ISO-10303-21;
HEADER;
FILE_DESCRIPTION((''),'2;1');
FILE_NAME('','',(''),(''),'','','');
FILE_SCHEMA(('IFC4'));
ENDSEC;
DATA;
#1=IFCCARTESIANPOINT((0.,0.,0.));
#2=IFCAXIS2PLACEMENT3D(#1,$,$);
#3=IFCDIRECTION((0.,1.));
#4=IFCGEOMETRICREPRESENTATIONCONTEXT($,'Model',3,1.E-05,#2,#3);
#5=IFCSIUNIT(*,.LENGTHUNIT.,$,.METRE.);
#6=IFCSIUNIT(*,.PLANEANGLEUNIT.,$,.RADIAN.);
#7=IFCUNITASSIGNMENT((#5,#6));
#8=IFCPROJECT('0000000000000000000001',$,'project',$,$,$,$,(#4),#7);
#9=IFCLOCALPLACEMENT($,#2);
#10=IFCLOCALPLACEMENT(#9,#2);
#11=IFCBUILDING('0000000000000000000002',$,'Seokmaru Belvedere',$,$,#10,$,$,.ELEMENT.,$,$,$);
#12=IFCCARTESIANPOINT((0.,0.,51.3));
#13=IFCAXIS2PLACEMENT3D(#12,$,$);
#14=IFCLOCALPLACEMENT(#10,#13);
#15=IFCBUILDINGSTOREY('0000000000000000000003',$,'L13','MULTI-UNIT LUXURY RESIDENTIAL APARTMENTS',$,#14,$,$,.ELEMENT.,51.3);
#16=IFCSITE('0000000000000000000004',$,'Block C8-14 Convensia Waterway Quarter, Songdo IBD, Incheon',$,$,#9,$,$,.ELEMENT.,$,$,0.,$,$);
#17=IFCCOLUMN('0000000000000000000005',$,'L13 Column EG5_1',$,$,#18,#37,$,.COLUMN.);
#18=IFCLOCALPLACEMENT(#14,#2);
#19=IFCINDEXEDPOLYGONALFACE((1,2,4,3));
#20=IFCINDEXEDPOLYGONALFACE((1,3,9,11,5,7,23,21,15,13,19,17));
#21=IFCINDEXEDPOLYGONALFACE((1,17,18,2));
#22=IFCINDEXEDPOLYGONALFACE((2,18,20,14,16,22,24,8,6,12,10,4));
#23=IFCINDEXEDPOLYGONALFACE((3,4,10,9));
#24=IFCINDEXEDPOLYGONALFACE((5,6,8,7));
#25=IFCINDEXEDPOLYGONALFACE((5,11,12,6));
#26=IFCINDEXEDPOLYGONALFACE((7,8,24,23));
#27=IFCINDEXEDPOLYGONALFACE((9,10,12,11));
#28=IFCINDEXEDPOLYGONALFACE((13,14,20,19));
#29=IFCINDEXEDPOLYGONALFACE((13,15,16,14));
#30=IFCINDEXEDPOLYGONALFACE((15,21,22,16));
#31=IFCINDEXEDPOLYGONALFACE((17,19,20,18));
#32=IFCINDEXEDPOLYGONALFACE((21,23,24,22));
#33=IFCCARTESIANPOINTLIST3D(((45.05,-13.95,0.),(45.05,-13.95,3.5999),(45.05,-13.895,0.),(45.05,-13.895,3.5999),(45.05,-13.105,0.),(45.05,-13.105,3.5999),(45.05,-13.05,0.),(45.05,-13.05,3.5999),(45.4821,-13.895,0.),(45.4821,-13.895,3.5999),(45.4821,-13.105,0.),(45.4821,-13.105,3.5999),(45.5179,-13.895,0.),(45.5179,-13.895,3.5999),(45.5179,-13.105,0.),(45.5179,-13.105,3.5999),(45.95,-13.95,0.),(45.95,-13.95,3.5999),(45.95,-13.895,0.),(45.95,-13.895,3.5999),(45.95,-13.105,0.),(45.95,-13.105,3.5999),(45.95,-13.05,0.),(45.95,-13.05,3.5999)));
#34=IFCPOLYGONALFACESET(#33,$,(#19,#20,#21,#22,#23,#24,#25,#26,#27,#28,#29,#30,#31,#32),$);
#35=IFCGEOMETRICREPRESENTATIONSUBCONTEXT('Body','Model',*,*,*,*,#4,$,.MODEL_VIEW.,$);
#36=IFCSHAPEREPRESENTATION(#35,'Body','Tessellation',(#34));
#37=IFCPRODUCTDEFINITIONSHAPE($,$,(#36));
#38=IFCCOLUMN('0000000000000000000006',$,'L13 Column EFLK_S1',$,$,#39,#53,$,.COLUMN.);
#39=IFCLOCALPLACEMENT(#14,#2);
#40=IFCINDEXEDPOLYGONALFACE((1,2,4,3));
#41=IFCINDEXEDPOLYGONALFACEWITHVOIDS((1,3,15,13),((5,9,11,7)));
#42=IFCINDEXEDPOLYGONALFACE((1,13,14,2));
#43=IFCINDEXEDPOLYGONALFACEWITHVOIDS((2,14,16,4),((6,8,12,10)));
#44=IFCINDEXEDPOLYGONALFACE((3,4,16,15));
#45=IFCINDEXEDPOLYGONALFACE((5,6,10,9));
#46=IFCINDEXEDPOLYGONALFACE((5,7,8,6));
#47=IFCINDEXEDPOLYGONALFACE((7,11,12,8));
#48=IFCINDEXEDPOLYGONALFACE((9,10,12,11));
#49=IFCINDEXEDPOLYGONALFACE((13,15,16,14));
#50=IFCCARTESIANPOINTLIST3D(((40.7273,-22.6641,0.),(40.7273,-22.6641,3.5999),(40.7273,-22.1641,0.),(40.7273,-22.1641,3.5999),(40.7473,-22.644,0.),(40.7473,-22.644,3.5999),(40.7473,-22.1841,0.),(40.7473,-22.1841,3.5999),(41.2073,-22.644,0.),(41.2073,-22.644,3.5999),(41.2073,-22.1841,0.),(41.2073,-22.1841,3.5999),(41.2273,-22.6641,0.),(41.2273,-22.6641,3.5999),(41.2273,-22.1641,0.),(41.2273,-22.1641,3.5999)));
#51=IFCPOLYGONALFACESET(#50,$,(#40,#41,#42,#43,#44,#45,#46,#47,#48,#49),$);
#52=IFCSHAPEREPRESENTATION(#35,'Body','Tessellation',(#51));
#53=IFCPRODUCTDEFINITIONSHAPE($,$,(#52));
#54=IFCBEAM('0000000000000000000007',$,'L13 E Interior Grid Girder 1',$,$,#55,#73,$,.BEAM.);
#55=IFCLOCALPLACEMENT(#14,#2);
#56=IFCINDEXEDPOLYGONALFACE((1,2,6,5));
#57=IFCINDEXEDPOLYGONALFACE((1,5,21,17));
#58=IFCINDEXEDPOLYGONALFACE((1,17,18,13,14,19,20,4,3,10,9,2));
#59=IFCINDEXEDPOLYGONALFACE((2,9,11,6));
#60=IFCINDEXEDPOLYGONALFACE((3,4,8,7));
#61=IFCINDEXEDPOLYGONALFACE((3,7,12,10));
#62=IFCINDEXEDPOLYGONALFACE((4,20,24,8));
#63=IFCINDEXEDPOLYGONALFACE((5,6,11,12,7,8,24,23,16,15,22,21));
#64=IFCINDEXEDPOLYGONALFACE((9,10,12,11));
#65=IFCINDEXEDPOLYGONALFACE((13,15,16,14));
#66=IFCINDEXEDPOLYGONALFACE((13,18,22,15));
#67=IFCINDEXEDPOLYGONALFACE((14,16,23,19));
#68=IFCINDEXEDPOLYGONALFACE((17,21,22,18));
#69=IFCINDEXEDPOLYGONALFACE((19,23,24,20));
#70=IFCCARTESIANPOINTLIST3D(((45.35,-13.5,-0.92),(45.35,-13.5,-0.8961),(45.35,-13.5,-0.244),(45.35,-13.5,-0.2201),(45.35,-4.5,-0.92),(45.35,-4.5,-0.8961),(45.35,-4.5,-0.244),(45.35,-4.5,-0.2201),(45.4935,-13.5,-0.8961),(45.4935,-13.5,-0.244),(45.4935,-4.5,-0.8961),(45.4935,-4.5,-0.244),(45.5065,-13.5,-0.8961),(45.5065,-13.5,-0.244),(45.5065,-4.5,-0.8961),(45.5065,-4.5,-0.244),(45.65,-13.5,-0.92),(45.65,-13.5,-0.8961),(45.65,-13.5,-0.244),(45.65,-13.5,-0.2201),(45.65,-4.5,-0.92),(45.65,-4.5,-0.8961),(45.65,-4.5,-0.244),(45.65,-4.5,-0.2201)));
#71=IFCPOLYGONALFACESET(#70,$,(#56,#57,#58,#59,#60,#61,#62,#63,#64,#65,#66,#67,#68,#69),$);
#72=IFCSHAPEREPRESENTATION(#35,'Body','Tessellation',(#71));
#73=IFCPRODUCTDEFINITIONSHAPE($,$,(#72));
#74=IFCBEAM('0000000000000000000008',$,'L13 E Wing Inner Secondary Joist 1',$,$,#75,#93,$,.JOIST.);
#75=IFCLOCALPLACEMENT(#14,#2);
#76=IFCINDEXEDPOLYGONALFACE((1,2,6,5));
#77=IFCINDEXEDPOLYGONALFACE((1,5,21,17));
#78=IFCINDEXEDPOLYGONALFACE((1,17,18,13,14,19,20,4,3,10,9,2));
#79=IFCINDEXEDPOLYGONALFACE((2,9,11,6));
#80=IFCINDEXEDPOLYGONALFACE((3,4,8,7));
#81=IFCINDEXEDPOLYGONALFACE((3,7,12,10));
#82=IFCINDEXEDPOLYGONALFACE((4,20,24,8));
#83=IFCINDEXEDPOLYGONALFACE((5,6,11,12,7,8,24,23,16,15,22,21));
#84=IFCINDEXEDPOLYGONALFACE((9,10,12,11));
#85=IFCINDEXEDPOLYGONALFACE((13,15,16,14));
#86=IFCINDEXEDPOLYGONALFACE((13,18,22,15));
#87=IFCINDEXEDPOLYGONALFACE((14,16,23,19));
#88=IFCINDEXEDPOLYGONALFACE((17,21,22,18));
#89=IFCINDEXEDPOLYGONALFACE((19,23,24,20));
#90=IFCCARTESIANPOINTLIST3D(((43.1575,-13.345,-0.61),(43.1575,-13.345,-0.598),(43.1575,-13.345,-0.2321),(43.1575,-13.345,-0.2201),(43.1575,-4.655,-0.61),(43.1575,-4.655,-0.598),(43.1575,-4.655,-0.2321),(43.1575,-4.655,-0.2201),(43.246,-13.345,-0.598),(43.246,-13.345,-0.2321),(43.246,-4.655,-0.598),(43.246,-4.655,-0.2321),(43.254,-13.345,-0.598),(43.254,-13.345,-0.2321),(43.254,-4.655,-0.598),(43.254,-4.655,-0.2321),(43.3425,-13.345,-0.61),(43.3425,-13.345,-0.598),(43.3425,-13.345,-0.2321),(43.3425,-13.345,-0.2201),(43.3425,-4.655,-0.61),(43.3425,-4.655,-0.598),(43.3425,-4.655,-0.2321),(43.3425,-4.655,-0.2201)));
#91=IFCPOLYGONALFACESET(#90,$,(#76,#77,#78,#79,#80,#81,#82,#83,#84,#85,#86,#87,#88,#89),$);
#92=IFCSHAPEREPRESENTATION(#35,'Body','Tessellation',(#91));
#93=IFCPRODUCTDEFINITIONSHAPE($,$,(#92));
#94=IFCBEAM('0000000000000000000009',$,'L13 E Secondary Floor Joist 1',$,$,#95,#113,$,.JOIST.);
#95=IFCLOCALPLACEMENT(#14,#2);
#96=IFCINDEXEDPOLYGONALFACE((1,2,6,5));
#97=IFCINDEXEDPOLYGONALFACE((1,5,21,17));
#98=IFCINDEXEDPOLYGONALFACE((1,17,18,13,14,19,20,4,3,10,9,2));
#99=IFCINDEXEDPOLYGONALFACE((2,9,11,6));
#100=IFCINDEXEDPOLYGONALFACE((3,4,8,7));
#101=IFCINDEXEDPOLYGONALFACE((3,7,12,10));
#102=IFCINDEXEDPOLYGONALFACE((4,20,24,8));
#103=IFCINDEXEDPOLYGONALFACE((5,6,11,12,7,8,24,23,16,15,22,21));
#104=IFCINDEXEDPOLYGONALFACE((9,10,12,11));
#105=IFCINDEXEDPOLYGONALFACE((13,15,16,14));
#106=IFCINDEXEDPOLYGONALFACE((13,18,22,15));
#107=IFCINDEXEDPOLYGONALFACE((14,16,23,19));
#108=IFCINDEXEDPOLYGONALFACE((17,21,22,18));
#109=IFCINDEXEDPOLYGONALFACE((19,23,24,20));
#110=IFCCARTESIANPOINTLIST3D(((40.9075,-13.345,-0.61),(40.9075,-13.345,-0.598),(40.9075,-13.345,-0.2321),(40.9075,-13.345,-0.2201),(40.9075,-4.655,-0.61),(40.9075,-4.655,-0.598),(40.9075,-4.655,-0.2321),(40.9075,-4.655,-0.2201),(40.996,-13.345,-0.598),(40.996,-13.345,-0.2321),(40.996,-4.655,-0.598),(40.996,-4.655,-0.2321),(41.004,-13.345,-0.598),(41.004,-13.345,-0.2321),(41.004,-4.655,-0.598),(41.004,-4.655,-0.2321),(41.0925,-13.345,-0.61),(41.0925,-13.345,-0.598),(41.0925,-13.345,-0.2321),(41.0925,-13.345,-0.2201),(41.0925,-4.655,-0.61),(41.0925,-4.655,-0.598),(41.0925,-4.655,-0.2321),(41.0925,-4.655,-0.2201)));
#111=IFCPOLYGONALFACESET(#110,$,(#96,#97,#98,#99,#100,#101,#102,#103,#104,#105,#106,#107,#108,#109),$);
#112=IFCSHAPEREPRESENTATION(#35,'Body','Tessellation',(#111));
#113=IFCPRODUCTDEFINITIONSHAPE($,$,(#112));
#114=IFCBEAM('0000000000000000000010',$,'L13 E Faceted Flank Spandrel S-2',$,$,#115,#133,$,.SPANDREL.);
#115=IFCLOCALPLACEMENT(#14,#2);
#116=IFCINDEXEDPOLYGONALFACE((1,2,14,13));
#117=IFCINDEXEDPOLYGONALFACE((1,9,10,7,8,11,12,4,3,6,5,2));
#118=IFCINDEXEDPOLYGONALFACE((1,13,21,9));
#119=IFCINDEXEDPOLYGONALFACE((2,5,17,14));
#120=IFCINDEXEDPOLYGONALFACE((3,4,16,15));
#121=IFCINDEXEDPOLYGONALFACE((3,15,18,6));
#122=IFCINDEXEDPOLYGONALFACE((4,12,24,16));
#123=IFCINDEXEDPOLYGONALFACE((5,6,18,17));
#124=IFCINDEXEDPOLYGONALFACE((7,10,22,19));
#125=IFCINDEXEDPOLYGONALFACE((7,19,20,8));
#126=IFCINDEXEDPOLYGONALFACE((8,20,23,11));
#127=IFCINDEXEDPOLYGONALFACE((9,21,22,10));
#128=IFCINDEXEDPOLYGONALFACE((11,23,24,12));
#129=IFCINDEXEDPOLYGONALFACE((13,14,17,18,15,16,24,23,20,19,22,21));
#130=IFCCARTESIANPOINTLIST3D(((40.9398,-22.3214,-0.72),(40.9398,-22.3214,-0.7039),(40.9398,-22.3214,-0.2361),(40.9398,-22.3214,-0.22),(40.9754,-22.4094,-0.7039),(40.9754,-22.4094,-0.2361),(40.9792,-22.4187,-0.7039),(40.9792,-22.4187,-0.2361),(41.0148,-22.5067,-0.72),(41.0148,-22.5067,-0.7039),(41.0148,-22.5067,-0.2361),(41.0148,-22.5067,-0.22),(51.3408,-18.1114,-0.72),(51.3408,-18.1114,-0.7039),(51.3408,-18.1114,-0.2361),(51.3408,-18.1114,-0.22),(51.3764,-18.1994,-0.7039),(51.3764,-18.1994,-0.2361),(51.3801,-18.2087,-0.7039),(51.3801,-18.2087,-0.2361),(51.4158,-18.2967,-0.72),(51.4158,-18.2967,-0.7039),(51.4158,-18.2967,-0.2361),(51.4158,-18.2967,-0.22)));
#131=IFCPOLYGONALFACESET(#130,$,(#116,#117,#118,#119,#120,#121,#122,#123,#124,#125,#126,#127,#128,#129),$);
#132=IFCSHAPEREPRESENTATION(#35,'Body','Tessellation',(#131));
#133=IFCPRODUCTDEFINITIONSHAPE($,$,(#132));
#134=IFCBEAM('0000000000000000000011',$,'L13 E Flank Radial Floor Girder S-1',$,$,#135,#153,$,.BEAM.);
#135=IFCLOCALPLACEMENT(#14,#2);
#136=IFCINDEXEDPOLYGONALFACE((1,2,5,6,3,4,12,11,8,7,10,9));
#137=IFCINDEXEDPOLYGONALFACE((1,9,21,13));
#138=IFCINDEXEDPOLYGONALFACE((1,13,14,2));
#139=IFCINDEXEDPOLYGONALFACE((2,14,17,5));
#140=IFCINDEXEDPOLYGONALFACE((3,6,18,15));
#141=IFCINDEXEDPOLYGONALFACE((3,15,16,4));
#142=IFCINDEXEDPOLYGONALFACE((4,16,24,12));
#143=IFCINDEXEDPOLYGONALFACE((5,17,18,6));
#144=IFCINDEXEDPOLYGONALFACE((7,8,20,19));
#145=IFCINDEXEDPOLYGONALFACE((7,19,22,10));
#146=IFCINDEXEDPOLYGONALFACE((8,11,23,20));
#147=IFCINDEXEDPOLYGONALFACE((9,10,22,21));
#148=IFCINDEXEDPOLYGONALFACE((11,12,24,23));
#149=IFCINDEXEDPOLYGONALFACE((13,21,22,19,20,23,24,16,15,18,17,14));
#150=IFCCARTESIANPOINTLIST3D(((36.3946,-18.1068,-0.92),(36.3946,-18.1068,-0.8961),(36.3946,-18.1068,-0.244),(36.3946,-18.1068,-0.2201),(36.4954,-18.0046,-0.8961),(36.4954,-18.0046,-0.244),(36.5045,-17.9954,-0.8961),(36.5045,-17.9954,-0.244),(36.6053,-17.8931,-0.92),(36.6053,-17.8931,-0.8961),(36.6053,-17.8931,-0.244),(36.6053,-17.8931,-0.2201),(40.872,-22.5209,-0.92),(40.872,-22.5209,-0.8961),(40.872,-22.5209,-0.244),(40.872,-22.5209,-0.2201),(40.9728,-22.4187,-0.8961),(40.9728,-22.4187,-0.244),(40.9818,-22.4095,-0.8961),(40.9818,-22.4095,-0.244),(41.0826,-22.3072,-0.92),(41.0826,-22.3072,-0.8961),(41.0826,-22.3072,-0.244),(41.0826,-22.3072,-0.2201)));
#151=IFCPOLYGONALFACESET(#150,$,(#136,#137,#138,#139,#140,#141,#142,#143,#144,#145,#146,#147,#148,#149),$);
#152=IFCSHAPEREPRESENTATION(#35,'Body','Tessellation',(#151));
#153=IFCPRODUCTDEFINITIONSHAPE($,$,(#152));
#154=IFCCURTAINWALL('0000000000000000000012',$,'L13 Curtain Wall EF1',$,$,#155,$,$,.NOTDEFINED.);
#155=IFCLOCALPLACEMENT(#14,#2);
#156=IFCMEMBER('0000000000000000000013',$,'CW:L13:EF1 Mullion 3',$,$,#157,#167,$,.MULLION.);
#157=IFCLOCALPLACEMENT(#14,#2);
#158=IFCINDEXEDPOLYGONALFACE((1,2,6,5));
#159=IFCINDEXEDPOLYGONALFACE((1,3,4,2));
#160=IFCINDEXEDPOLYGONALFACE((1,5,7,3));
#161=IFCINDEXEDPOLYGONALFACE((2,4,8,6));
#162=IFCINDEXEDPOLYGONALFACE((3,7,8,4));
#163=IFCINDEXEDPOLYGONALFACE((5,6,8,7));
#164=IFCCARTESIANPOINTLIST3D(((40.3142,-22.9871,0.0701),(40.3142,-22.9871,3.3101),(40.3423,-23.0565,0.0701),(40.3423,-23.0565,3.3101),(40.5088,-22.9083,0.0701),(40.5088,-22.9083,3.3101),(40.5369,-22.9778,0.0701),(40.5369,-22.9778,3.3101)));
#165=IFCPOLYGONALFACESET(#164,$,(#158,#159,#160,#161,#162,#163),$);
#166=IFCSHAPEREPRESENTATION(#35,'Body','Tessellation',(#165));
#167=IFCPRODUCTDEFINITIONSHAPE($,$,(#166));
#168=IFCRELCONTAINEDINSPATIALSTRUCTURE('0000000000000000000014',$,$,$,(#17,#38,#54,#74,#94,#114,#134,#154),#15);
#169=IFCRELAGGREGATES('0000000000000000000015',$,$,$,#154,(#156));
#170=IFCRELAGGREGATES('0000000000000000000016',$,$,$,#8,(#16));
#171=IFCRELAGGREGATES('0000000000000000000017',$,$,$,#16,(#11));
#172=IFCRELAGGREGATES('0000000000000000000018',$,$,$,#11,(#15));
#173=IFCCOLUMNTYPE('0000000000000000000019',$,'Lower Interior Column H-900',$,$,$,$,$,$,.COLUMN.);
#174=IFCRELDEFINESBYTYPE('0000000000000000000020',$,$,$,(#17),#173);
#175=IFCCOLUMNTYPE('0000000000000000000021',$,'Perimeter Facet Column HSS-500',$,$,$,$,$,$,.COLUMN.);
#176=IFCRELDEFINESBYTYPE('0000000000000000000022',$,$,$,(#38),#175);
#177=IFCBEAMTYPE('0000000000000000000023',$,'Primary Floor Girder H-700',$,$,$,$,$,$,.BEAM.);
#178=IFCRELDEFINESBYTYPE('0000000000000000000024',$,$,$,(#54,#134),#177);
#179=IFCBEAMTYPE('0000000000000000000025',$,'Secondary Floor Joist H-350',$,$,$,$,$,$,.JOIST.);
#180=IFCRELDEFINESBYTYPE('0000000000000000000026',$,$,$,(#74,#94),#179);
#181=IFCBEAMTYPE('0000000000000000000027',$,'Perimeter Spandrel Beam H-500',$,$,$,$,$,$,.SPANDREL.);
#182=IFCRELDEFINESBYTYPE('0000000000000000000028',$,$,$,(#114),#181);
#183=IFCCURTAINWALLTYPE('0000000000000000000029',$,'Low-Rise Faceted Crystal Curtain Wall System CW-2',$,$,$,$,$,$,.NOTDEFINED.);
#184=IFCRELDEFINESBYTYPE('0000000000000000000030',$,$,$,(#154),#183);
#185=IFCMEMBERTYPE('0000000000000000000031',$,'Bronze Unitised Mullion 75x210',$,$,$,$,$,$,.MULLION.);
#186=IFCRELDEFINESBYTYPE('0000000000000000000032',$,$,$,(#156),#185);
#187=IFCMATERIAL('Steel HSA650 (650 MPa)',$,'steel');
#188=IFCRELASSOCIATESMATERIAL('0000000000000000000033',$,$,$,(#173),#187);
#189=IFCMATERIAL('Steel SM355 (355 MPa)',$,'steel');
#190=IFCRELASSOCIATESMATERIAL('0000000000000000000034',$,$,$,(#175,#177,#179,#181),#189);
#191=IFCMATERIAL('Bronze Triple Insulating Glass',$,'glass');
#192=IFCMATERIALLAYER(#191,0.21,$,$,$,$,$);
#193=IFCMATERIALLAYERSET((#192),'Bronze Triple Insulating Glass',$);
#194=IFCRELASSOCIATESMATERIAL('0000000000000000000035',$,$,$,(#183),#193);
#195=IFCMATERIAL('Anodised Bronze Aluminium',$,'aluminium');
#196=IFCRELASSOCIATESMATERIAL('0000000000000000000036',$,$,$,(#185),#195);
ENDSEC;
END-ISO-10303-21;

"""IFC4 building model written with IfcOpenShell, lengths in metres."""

from ifc_helpers import new_model, si_unit, direction, frame, origin, origin_2d, place, context, subcontext, project, spatial, rectangle, hollow_rectangle, i_section, extrude, source, transform, mapped, material, layer, layer_set, material_profile, profile_set, type_object, type_shapes, element, aggregate, save


model = new_model("IFC4")

# Units and contexts
model_context = context("Model", 3, precision=1e-05, world=origin(), true_north=direction((0.0, 1.0)))
body_context = subcontext(model_context, "Body", "Model", "MODEL_VIEW")
ifc_project = project(units=[si_unit("LENGTHUNIT", "METRE"), si_unit("PLANEANGLEUNIT", "RADIAN")], contexts=[model_context])

# Site, building, storey
site_placement = place(None, origin())
site = spatial("IfcSite", under=ifc_project, at=site_placement, Name="Block C8-14 Convensia Waterway Quarter, Songdo IBD, Incheon", CompositionType="ELEMENT", RefElevation=0.0)
building_placement = place(site_placement, origin())
building = spatial("IfcBuilding", under=site, at=building_placement, Name="Seokmaru Belvedere", CompositionType="ELEMENT")
storey_placement = place(building_placement, frame((0.0, 0.0, 51.3)))
storey = spatial("IfcBuildingStorey", under=building, at=storey_placement, Name="L13", Description="MULTI-UNIT LUXURY RESIDENTIAL APARTMENTS", CompositionType="ELEMENT", Elevation=51.3)

# Columns
ifc_material_1 = material(Name="Steel HSA650 (650 MPa)", Category="steel")
ifc_material_profile_1 = material_profile(ifc_material_1, i_section(OverallWidth=0.8999, OverallDepth=0.8999, WebThickness=0.0359, FlangeThickness=0.0549, at=origin_2d()), Name="H-900x900x36x55")
ifc_profile_set_1 = profile_set([ifc_material_profile_1], Name="Steel HSA650 (650 MPa)")
column_type_1 = type_object("IfcColumnType", Name="Lower Interior Column H-900", PredefinedType="COLUMN", material=ifc_profile_set_1)
shared_shape_1 = source(origin(), body_context, "Body", "SweptSolid", [
    extrude(i_section(OverallWidth=0.8999, OverallDepth=0.8999, WebThickness=0.0359, FlangeThickness=0.0549, at=origin_2d()), origin(), (0.0, 0.0, 1.0), 3.5999),
])
type_shapes(column_type_1, [shared_shape_1])
column_1_placement = place(storey_placement, frame((45.5, -13.5, 0.0), z_axis=(0.0, 0.0, 1.0), x_axis=(1.0, 0.0, 0.0)))
element("IfcColumn", 1, at=column_1_placement, inside=storey, type_object=column_type_1, Name="L13 Column EG5_1", PredefinedType="COLUMN", context=body_context, shape_type="MappedRepresentation", body=[
    mapped(shared_shape_1, transform((0.0, 0.0, 0.0), scale=1.0)),
])
ifc_material_2 = material(Name="Steel SM355 (355 MPa)", Category="steel")
ifc_material_profile_2 = material_profile(ifc_material_2, hollow_rectangle(XDim=0.5, YDim=0.5, WallThickness=0.02, at=origin_2d()), Name="HSS-500x500x20")
ifc_profile_set_2 = profile_set([ifc_material_profile_2], Name="Steel SM355 (355 MPa)")
column_type_2 = type_object("IfcColumnType", Name="Perimeter Facet Column HSS-500", PredefinedType="COLUMN", material=ifc_profile_set_2)
shared_shape_2 = source(origin(), body_context, "Body", "SweptSolid", [
    extrude(hollow_rectangle(XDim=0.5, YDim=0.5, WallThickness=0.02, at=origin_2d()), origin(), (0.0, 0.0, 1.0), 3.5999),
])
type_shapes(column_type_2, [shared_shape_2])
column_2_placement = place(storey_placement, frame((40.9773, -22.4141, 0.0), z_axis=(0.0, 0.0, 1.0), x_axis=(1.0, 0.0, 0.0)))
element("IfcColumn", 2, at=column_2_placement, inside=storey, type_object=column_type_2, Name="L13 Column EFLK_S1", PredefinedType="COLUMN", context=body_context, shape_type="MappedRepresentation", body=[
    mapped(shared_shape_2, transform((0.0, 0.0, 0.0), scale=1.0)),
])

# Beams
ifc_material_profile_3 = material_profile(ifc_material_2, i_section(OverallWidth=0.3, OverallDepth=0.7, WebThickness=0.0129, FlangeThickness=0.0239, at=origin_2d()), Name="H-700x300x13x24")
ifc_profile_set_3 = profile_set([ifc_material_profile_3], Name="Steel SM355 (355 MPa)")
beam_type_1 = type_object("IfcBeamType", Name="Primary Floor Girder H-700", PredefinedType="BEAM", material=ifc_profile_set_3)
shared_shape_3 = source(origin(), body_context, "Body", "SweptSolid", [
    extrude(i_section(OverallWidth=0.3, OverallDepth=0.7, WebThickness=0.0129, FlangeThickness=0.0239, at=origin_2d()), origin(), (0.0, 0.0, 1.0), 9.0),
])
beam_1_placement = place(storey_placement, frame((45.5, -13.5, -0.5701), z_axis=(0.0, 1.0, 0.0), x_axis=(-1.0, 0.0, 0.0)))
element("IfcBeam", 3, at=beam_1_placement, inside=storey, type_object=beam_type_1, Name="L13 E Interior Grid Girder 1", PredefinedType="BEAM", context=body_context, shape_type="MappedRepresentation", body=[
    mapped(shared_shape_3, transform((0.0, 0.0, 0.0), scale=1.0)),
])
ifc_material_profile_4 = material_profile(ifc_material_2, i_section(OverallWidth=0.1851, OverallDepth=0.3899, WebThickness=0.0081, FlangeThickness=0.012, at=origin_2d()), Name="H-390x185x8x12")
ifc_profile_set_4 = profile_set([ifc_material_profile_4], Name="Steel SM355 (355 MPa)")
beam_type_2 = type_object("IfcBeamType", Name="Secondary Floor Joist H-350", PredefinedType="JOIST", material=ifc_profile_set_4)
shared_shape_4 = source(origin(), body_context, "Body", "SweptSolid", [
    extrude(i_section(OverallWidth=0.1851, OverallDepth=0.3899, WebThickness=0.0081, FlangeThickness=0.012, at=origin_2d()), origin(), (0.0, 0.0, 1.0), 8.6899),
])
type_shapes(beam_type_2, [shared_shape_4])
for number, where, z_axis, x_axis, name in (
    (4, (43.25, -13.345, -0.415), (0.0, 1.0, 0.0), (-1.0, 0.0, 0.0), "L13 E Wing Inner Secondary Joist 1"),
    (5, (41.0, -13.345, -0.415), (0.0, 1.0, 0.0), (-1.0, 0.0, 0.0), "L13 E Secondary Floor Joist 1"),
):
    element("IfcBeam", number, at=place(storey_placement, frame(where, z_axis=z_axis, x_axis=x_axis)), inside=storey, type_object=beam_type_2, Name=name, PredefinedType="JOIST", context=body_context, shape_type="MappedRepresentation", body=[
        mapped(shared_shape_4, transform((0.0, 0.0, 0.0), scale=1.0)),
    ])
ifc_material_profile_5 = material_profile(ifc_material_2, i_section(OverallWidth=0.2, OverallDepth=0.5, WebThickness=0.01, FlangeThickness=0.0161, at=origin_2d()), Name="H-500x200x10x16")
ifc_profile_set_5 = profile_set([ifc_material_profile_5], Name="Steel SM355 (355 MPa)")
beam_type_3 = type_object("IfcBeamType", Name="Perimeter Spandrel Beam H-500", PredefinedType="SPANDREL", material=ifc_profile_set_5)
shared_shape_5 = source(origin(), body_context, "Body", "SweptSolid", [
    extrude(i_section(OverallWidth=0.2, OverallDepth=0.5, WebThickness=0.01, FlangeThickness=0.0161, at=origin_2d()), origin(), (0.0, 0.0, 1.0), 11.2207),
])
type_shapes(beam_type_3, [shared_shape_5])
beam_2_placement = place(storey_placement, frame((40.9773, -22.4141, -0.47), z_axis=(0.926944, 0.375199, 0.0), x_axis=(-0.375199, 0.926944, 0.0)))
element("IfcBeam", 6, at=beam_2_placement, inside=storey, type_object=beam_type_3, Name="L13 E Faceted Flank Spandrel S-2", PredefinedType="SPANDREL", context=body_context, shape_type="MappedRepresentation", body=[
    mapped(shared_shape_5, transform((0.0, 0.0, 0.0), scale=1.0)),
])
shared_shape_6 = source(origin(), body_context, "Body", "SweptSolid", [
    extrude(i_section(OverallWidth=0.3, OverallDepth=0.7, WebThickness=0.0129, FlangeThickness=0.0239, at=origin_2d()), origin(), (0.0, 0.0, 1.0), 6.2874),
])
type_shapes(beam_type_1, [shared_shape_3, shared_shape_6])
beam_3_placement = place(storey_placement, frame((40.9773, -22.4141, -0.5701), z_axis=(-0.712117, 0.70206, 0.0), x_axis=(-0.70206, -0.712117, 0.0)))
element("IfcBeam", 7, at=beam_3_placement, inside=storey, type_object=beam_type_1, Name="L13 E Flank Radial Floor Girder S-1", PredefinedType="BEAM", context=body_context, shape_type="MappedRepresentation", body=[
    mapped(shared_shape_6, transform((0.0, 0.0, 0.0), scale=1.0)),
])

# Curtain wall, member
ifc_material_3 = material(Name="Bronze Triple Insulating Glass", Category="glass")
ifc_layer_1 = layer(ifc_material_3, 0.21)
ifc_layer_set_1 = layer_set([ifc_layer_1], Name="Bronze Triple Insulating Glass")
curtain_wall_type = type_object("IfcCurtainWallType", Name="Low-Rise Faceted Crystal Curtain Wall System CW-2", PredefinedType="NOTDEFINED", material=ifc_layer_set_1)
curtain_wall_placement = place(storey_placement, origin())
curtain_wall = element("IfcCurtainWall", 8, at=curtain_wall_placement, inside=storey, type_object=curtain_wall_type, Name="L13 Curtain Wall EF1", PredefinedType="NOTDEFINED")
ifc_material_4 = material(Name="Anodised Bronze Aluminium", Category="aluminium")
ifc_material_profile_6 = material_profile(ifc_material_4, rectangle(XDim=0.075, YDim=0.21, at=origin_2d()), Name="CW-M-75x210")
ifc_profile_set_6 = profile_set([ifc_material_profile_6], Name="Anodised Bronze Aluminium")
member_type = type_object("IfcMemberType", Name="Bronze Unitised Mullion 75x210", PredefinedType="MULLION", material=ifc_profile_set_6)
shared_shape_7 = source(origin(), body_context, "Body", "SweptSolid", [
    extrude(rectangle(XDim=0.075, YDim=0.21, at=origin_2d()), origin(), (0.0, 0.0, 1.0), 3.24),
])
type_shapes(member_type, [shared_shape_7])
member_1_placement = place(storey_placement, frame((40.4255, -22.9824, 0.0701), z_axis=(0.0, 0.0, 1.0), x_axis=(-0.375192, 0.926947, 0.0)))
member_1 = element("IfcMember", 9, at=member_1_placement, type_object=member_type, Name="CW:L13:EF1 Mullion 3", PredefinedType="MULLION", context=body_context, shape_type="MappedRepresentation", body=[
    mapped(shared_shape_7, transform((0.0, 0.0, 0.0), scale=1.0)),
])
aggregate(curtain_wall, [member_1])

save(model, "model.ifc")
